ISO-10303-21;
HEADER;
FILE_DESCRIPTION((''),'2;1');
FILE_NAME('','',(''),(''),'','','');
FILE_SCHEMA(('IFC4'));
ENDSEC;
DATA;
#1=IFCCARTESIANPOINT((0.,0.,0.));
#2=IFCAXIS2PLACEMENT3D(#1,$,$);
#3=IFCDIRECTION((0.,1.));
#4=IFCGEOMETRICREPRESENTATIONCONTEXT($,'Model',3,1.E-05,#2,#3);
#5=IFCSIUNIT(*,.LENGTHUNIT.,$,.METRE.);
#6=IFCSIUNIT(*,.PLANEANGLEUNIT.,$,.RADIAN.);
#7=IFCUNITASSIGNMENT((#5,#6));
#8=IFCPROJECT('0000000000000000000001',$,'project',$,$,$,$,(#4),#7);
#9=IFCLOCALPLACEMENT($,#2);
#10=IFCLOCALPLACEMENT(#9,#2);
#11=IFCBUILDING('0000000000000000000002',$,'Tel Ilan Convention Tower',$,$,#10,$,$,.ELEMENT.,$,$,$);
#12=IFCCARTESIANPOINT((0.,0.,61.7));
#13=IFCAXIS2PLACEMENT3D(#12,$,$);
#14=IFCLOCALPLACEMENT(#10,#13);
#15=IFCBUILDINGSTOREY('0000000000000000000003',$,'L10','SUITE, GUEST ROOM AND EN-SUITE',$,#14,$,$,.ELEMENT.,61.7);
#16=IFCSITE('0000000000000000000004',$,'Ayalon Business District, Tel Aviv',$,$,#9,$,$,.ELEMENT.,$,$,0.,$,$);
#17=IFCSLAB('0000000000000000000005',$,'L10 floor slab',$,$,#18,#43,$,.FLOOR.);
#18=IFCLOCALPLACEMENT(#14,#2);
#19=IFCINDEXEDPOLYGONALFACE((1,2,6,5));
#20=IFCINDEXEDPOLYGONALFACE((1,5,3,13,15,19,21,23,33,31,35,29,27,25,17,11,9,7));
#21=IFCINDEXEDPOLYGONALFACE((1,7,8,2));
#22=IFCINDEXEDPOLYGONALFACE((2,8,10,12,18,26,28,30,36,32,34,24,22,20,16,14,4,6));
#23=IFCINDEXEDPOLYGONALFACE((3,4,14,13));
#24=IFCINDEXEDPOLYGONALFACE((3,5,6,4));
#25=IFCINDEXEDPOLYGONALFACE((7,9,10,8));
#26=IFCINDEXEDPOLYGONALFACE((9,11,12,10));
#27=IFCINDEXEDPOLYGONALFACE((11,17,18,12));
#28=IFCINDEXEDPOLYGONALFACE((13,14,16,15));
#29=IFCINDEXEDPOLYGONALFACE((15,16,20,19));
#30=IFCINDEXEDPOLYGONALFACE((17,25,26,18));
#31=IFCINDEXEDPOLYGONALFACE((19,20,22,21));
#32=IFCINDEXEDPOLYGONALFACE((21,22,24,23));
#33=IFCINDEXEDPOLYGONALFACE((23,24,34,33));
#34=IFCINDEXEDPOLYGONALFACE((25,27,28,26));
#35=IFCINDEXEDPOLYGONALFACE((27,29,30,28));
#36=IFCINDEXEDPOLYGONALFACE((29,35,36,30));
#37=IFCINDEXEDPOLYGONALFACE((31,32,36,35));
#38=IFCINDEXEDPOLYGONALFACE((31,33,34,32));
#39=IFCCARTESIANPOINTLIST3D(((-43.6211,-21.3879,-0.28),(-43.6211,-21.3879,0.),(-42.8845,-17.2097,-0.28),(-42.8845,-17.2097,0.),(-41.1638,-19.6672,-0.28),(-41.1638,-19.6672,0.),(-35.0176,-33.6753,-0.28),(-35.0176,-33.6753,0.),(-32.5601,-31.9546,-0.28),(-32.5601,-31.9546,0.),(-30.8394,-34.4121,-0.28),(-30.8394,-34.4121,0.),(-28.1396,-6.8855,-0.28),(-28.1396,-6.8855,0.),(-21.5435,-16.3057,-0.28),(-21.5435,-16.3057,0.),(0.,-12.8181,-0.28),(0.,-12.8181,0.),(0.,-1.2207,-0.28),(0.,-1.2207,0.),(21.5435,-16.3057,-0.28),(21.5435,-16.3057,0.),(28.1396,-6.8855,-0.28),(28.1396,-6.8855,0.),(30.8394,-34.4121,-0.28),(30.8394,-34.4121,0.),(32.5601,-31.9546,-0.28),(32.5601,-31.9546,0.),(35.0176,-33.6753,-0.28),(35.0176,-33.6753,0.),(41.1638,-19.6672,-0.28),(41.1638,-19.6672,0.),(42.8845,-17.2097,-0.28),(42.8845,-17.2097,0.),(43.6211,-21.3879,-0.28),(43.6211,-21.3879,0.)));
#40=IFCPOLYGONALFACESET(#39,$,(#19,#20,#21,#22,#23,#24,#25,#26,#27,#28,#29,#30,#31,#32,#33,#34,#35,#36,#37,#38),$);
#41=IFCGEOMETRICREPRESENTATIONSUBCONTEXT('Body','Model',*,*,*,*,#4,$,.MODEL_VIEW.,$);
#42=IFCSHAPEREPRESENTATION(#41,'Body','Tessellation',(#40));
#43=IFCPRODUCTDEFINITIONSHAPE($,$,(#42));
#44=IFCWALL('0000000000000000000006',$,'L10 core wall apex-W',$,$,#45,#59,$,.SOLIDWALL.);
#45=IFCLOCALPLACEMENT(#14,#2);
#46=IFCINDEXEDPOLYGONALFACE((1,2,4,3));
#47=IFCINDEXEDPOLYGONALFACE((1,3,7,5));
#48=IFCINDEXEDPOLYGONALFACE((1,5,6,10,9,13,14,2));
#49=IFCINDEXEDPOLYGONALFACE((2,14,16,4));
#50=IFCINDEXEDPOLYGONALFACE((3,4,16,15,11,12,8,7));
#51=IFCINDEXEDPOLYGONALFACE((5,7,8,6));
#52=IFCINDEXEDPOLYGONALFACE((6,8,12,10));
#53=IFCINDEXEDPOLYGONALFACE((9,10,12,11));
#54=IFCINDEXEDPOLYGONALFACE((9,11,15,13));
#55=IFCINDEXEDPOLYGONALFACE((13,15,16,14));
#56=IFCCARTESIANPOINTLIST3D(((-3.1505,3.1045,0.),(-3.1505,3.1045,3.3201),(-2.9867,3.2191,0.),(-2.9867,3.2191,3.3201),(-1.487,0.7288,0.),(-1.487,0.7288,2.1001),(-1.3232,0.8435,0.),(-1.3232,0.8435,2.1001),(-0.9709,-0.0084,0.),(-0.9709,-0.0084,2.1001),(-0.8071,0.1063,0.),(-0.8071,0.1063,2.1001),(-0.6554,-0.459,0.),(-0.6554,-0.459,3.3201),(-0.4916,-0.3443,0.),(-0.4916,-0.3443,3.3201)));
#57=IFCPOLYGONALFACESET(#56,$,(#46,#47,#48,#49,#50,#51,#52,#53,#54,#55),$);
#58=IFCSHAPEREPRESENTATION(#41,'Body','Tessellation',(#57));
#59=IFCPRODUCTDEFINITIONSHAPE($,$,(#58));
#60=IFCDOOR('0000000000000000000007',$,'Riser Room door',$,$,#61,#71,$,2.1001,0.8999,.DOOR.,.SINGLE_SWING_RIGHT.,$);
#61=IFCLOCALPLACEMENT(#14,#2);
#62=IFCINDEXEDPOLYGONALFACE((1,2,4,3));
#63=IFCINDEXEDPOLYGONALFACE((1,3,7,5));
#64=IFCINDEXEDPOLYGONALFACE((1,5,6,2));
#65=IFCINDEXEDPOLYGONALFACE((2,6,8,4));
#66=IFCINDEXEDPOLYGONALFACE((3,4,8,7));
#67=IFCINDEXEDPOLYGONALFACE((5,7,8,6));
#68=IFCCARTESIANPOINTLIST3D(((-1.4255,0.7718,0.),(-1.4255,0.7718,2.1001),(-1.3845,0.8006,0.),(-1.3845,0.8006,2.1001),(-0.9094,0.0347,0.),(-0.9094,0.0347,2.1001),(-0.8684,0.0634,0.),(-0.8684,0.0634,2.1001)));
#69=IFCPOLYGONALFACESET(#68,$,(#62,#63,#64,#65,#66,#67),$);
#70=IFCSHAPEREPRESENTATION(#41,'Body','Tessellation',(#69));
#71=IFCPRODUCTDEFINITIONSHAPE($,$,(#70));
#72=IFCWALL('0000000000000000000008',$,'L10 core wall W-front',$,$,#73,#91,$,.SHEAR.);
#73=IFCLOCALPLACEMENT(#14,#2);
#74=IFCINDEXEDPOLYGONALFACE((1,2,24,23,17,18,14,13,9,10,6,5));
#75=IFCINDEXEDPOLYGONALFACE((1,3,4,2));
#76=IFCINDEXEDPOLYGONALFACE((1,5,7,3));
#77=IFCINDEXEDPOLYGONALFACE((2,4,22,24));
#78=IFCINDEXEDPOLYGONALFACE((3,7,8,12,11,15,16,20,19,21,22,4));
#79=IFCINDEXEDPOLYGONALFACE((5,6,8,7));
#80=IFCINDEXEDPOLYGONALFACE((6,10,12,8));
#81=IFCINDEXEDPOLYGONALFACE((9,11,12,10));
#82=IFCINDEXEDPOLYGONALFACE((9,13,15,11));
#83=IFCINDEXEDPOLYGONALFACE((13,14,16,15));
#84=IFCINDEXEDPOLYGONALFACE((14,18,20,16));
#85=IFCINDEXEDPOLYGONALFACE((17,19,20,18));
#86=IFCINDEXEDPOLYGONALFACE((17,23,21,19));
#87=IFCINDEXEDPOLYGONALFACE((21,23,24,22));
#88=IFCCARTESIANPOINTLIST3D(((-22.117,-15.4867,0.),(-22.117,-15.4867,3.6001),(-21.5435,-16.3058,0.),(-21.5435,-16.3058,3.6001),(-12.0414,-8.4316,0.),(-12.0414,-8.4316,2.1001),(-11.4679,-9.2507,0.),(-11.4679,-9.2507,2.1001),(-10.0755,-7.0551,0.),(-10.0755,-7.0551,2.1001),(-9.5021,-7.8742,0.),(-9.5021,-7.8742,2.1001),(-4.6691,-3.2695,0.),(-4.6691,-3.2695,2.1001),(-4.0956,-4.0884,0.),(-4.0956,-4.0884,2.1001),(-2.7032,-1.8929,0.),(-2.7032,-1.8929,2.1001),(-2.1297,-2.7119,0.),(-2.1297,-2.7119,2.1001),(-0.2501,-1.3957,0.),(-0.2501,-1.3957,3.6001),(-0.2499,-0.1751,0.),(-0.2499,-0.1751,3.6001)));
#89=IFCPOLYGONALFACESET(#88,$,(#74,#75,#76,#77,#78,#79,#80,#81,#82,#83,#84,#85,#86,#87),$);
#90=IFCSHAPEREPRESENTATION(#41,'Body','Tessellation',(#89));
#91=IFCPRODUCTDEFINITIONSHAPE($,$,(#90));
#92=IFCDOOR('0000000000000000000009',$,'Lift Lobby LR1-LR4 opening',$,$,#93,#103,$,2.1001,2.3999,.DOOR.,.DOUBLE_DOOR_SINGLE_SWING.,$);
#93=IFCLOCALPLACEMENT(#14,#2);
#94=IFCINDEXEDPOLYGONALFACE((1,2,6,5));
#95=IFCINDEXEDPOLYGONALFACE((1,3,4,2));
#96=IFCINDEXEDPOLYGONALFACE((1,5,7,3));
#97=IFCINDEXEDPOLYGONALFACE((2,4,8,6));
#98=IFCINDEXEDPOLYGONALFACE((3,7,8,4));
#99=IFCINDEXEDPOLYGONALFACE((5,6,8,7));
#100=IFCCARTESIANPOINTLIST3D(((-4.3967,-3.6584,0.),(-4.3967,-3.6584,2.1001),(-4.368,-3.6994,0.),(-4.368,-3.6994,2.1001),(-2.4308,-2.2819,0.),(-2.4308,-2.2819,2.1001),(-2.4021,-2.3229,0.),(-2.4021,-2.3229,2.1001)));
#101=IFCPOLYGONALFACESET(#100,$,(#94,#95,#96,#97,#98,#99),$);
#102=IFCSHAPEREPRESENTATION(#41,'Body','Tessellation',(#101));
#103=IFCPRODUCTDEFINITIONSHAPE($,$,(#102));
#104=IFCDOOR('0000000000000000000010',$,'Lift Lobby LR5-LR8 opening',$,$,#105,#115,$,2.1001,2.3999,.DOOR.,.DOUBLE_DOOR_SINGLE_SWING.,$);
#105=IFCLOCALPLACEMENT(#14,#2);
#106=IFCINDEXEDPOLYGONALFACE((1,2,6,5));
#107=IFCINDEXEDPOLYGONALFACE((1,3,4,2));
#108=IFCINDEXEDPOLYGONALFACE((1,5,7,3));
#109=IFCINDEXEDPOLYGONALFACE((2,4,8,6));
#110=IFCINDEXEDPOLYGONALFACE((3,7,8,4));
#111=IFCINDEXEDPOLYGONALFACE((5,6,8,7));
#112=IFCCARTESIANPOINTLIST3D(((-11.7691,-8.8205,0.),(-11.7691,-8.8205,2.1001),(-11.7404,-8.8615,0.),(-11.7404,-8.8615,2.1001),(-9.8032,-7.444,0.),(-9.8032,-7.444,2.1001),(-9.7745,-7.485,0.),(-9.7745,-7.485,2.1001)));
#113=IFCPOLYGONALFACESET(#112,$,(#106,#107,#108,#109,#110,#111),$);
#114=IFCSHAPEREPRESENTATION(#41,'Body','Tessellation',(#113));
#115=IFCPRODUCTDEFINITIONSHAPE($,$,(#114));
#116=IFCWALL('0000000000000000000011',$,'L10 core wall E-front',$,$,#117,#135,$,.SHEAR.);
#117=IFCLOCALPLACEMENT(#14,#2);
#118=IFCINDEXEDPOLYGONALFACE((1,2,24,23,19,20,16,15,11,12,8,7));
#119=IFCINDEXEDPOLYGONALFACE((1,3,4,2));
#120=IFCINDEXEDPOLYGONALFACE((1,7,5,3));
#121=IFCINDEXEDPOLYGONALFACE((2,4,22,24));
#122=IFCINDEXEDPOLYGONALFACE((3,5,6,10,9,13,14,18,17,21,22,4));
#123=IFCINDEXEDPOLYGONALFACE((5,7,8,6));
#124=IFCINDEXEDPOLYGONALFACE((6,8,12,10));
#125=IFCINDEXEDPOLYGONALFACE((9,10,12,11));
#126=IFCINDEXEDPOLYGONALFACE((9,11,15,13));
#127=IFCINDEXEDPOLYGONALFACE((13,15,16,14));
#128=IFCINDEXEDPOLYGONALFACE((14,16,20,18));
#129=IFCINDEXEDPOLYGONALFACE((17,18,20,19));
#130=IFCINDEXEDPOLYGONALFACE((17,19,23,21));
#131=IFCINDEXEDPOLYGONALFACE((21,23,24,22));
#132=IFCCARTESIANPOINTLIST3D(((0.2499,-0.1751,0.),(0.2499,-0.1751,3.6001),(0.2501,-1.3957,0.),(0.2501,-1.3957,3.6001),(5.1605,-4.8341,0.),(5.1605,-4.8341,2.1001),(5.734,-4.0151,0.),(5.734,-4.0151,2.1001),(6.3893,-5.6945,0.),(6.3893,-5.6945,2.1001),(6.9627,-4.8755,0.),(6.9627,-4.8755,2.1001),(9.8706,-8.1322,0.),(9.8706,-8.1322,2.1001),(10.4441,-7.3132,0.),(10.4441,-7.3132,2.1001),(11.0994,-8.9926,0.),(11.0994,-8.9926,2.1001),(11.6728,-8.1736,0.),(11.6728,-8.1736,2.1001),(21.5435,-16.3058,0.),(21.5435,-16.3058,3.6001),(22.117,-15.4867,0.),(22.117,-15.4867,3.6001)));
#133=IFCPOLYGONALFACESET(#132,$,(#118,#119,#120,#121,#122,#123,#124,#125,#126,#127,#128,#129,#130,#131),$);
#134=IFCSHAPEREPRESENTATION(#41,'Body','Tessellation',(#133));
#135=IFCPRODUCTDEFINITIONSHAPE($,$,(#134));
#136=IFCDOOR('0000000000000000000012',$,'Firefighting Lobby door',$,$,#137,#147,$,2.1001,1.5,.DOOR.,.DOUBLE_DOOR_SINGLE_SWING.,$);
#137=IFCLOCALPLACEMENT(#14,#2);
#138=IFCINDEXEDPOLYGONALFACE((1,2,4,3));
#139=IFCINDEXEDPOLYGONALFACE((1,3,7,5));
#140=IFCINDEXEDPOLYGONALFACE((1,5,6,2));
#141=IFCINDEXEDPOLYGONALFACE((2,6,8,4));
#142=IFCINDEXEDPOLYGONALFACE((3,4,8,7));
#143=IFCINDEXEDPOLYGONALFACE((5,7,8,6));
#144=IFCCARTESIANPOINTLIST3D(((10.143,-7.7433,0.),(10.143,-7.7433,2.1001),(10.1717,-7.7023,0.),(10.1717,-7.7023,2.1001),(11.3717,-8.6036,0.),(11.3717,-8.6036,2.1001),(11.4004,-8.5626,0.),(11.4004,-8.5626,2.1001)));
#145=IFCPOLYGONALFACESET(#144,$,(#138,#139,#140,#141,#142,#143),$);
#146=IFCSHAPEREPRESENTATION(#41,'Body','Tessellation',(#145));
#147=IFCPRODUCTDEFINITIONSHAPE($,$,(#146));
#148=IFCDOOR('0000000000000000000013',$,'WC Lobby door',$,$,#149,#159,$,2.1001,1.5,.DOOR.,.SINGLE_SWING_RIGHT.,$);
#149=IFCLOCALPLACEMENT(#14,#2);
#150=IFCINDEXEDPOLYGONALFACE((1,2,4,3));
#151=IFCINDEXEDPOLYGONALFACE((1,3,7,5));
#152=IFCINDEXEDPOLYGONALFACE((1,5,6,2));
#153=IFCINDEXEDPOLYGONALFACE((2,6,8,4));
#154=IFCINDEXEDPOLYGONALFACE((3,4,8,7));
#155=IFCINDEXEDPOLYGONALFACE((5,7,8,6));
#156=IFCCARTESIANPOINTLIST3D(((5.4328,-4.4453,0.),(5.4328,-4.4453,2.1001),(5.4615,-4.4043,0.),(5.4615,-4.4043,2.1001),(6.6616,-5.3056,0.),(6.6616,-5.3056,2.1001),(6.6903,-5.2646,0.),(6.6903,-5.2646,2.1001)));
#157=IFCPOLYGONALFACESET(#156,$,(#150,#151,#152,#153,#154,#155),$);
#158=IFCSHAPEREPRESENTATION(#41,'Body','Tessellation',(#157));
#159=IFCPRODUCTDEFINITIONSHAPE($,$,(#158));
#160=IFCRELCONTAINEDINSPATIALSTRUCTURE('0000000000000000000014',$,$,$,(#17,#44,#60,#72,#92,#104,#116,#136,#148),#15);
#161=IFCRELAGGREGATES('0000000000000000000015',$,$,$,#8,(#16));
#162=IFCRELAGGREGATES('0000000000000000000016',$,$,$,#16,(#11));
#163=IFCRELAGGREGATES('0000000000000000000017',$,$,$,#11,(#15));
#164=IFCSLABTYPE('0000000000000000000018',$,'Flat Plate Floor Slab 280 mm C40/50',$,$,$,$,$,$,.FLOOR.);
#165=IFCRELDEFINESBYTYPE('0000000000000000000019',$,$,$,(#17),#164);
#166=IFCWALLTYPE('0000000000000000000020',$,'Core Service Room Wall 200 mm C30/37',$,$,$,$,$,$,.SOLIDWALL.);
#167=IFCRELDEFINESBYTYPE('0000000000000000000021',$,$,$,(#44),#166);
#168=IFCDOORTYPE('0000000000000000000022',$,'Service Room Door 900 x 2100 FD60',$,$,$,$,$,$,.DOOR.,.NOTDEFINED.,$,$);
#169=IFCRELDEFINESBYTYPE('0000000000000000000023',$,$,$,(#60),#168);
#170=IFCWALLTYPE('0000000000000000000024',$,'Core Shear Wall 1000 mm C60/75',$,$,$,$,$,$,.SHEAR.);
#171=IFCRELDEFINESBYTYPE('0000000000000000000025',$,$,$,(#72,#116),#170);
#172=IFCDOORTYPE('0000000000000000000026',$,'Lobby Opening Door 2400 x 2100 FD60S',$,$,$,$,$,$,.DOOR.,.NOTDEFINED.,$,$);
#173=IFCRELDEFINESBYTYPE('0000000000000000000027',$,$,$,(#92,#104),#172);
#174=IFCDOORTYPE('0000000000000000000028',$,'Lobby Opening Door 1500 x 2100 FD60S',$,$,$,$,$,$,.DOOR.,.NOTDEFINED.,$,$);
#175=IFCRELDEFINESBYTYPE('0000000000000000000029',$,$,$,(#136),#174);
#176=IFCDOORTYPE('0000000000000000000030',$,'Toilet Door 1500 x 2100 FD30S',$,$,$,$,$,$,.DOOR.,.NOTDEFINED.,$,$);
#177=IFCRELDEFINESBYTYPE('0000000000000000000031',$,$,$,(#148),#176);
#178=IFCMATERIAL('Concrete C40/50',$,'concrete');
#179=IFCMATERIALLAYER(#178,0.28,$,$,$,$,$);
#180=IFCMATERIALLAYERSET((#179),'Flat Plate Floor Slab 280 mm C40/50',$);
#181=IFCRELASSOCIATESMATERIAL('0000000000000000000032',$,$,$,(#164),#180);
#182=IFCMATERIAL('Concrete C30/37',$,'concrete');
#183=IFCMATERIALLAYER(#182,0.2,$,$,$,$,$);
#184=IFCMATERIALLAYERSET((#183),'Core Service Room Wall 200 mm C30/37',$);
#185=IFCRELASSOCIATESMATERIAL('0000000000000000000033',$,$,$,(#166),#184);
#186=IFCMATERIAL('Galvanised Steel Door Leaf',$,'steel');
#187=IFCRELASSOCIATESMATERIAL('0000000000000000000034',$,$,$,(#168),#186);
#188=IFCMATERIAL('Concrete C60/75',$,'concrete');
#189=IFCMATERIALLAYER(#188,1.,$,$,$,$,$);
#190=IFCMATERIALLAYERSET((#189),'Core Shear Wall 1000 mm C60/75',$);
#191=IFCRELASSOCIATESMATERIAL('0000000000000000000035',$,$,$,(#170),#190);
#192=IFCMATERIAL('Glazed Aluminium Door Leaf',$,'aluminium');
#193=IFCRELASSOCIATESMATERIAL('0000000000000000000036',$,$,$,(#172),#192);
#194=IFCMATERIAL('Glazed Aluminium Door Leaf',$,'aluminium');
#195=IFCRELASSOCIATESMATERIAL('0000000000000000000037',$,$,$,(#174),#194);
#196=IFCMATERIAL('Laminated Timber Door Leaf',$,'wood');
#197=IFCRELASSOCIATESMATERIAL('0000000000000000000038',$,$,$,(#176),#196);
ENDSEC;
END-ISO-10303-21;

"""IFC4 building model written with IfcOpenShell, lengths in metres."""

from ifc_helpers import new_model, si_unit, direction, frame, frame_2d, origin, place, context, subcontext, project, spatial, polyline, rectangle, outline, extrude, material, layer, layer_set, type_object, element, fill, save


model = new_model("IFC4")

# Units and contexts
model_context = context("Model", 3, precision=1e-05, world=origin(), true_north=direction((0.0, 1.0)))
body_context = subcontext(model_context, "Body", "Model", "MODEL_VIEW")
ifc_project = project(units=[si_unit("LENGTHUNIT", "METRE"), si_unit("PLANEANGLEUNIT", "RADIAN")], contexts=[model_context])

# Site, building, storey
site_placement = place(None, origin())
site = spatial("IfcSite", under=ifc_project, at=site_placement, Name="Ayalon Business District, Tel Aviv", CompositionType="ELEMENT", RefElevation=0.0)
building_placement = place(site_placement, origin())
building = spatial("IfcBuilding", under=site, at=building_placement, Name="Tel Ilan Convention Tower", CompositionType="ELEMENT")
storey_placement = place(building_placement, frame((0.0, 0.0, 61.7)))
storey = spatial("IfcBuildingStorey", under=building, at=storey_placement, Name="L10", Description="SUITE, GUEST ROOM AND EN-SUITE", CompositionType="ELEMENT", Elevation=61.7)

# Slab
ifc_material_1 = material(Name="Concrete C40/50", Category="concrete")
ifc_layer_1 = layer(ifc_material_1, 0.28)
ifc_layer_set_1 = layer_set([ifc_layer_1], Name="Flat Plate Floor Slab 280 mm C40/50")
slab_type = type_object("IfcSlabType", Name="Flat Plate Floor Slab 280 mm C40/50", PredefinedType="FLOOR", material=ifc_layer_set_1)
slab_placement = place(storey_placement, frame((0.0, 0.0, -0.28)))
element("IfcSlab", 1, at=slab_placement, inside=storey, type_object=slab_type, Name="L10 floor slab", PredefinedType="FLOOR", context=body_context, shape_type="SweptSolid", body=[
    extrude(outline(polyline([(-21.5435, -16.3057), (0.0, -1.2207), (21.5435, -16.3057), (28.1396, -6.8855), (42.8845, -17.2097), (41.1638, -19.6672), (43.6211, -21.3879), (35.0176, -33.6753), (32.5601, -31.9546), (30.8394, -34.4121), (0.0, -12.8181), (-30.8394, -34.4121), (-32.5601, -31.9546), (-35.0176, -33.6753), (-43.6211, -21.3879), (-41.1638, -19.6672), (-42.8845, -17.2097), (-28.1396, -6.8855), (-21.5435, -16.3057)])), origin(), (0.0, 0.0, 1.0), 0.28),
])

# Wall, opening, door
ifc_material_2 = material(Name="Concrete C30/37", Category="concrete")
ifc_layer_2 = layer(ifc_material_2, 0.2)
ifc_layer_set_2 = layer_set([ifc_layer_2], Name="Core Service Room Wall 200 mm C30/37")
wall_type_1 = type_object("IfcWallType", Name="Core Service Room Wall 200 mm C30/37", PredefinedType="SOLIDWALL", material=ifc_layer_set_2)
wall_1_placement = place(storey_placement, frame((-0.5735, -0.4016, 0.0), z_axis=(0.0, 0.0, 1.0), x_axis=(-0.573568, 0.819158, 0.0)))
wall_1 = element("IfcWall", 2, at=wall_1_placement, inside=storey, type_object=wall_type_1, Name="L10 core wall apex-W", PredefinedType="SOLIDWALL", context=body_context, shape_type="SweptSolid", body=[
    extrude(rectangle(XDim=4.3501, YDim=0.2, at=frame_2d((2.175, 0.0))), origin(), (0.0, 0.0, 1.0), 3.3201),
])
opening_1_placement = place(wall_1_placement, frame((0.55, 0.0, 0.0)))
opening_1 = element("IfcOpeningElement", 3, at=opening_1_placement, cuts=wall_1, PredefinedType="OPENING", context=body_context, shape_type="SweptSolid", body=[
    extrude(rectangle(XDim=0.8999, YDim=2.1001, at=frame_2d((0.45, 1.05))), frame((0.0, 0.1099, 0.0), z_axis=(0.0, -1.0, 0.0), x_axis=(1.0, 0.0, 0.0)), (0.0, 0.0, 1.0), 0.22),
])
ifc_material_3 = material(Name="Galvanised Steel Door Leaf", Category="steel")
door_type_1 = type_object("IfcDoorType", Name="Service Room Door 900 x 2100 FD60", OperationType="NOTDEFINED", PredefinedType="DOOR", material=ifc_material_3)
door_1_placement = place(opening_1_placement, origin())
door_1 = element("IfcDoor", 4, at=door_1_placement, inside=storey, type_object=door_type_1, Name="Riser Room door", OperationType="SINGLE_SWING_RIGHT", OverallHeight=2.1001, OverallWidth=0.8999, PredefinedType="DOOR", context=body_context, shape_type="SweptSolid", body=[
    extrude(rectangle(XDim=0.8999, YDim=2.1001, at=frame_2d((0.45, 1.05))), frame((0.0, 0.0249, 0.0), z_axis=(0.0, -1.0, 0.0), x_axis=(1.0, 0.0, 0.0)), (0.0, 0.0, 1.0), 0.05),
])
fill(opening_1, door_1)

# Walls, openings, doors
ifc_material_4 = material(Name="Concrete C60/75", Category="concrete")
ifc_layer_3 = layer(ifc_material_4, 1.0)
ifc_layer_set_3 = layer_set([ifc_layer_3], Name="Core Shear Wall 1000 mm C60/75")
wall_type_2 = type_object("IfcWallType", Name="Core Shear Wall 1000 mm C60/75", PredefinedType="SHEAR", material=ifc_layer_set_3)
wall_2_placement = place(storey_placement, frame((0.0369, -0.5847, 0.0), z_axis=(0.0, 0.0, 1.0), x_axis=(-0.819157, -0.573569, 0.0)))
wall_2 = element("IfcWall", 5, at=wall_2_placement, inside=storey, type_object=wall_type_2, Name="L10 core wall W-front", PredefinedType="SHEAR", context=body_context, shape_type="SweptSolid", body=[
    extrude(outline(polyline([(26.6948, 0.5002), (0.7002, 0.4998), (0.0, -0.5), (26.6948, -0.4998), (26.6948, 0.5002)])), origin(), (0.0, 0.0, 1.0), 3.6001),
])
opening_2_placement = place(wall_2_placement, frame((2.9949, 0.0, 0.0)))
opening_2 = element("IfcOpeningElement", 6, at=opening_2_placement, cuts=wall_2, PredefinedType="OPENING", context=body_context, shape_type="SweptSolid", body=[
    extrude(rectangle(XDim=2.3999, YDim=2.1001, at=frame_2d((1.2, 1.05))), frame((0.0, 0.51, 0.0), z_axis=(0.0, -1.0, 0.0), x_axis=(1.0, 0.0, 0.0)), (0.0, 0.0, 1.0), 1.02),
])
opening_3_placement = place(wall_2_placement, frame((11.9949, 0.0, 0.0)))
opening_3 = element("IfcOpeningElement", 7, at=opening_3_placement, cuts=wall_2, PredefinedType="OPENING", context=body_context, shape_type="SweptSolid", body=[
    extrude(rectangle(XDim=2.3999, YDim=2.1001, at=frame_2d((1.2, 1.05))), frame((0.0, 0.51, 0.0), z_axis=(0.0, -1.0, 0.0), x_axis=(1.0, 0.0, 0.0)), (0.0, 0.0, 1.0), 1.02),
])
ifc_material_5 = material(Name="Glazed Aluminium Door Leaf", Category="aluminium")
door_type_2 = type_object("IfcDoorType", Name="Lobby Opening Door 2400 x 2100 FD60S", OperationType="NOTDEFINED", PredefinedType="DOOR", material=ifc_material_5)
door_2_placement = place(opening_2_placement, origin())
door_2 = element("IfcDoor", 8, at=door_2_placement, inside=storey, type_object=door_type_2, Name="Lift Lobby LR1-LR4 opening", OperationType="DOUBLE_DOOR_SINGLE_SWING", OverallHeight=2.1001, OverallWidth=2.3999, PredefinedType="DOOR", context=body_context, shape_type="SweptSolid", body=[
    extrude(rectangle(XDim=2.3999, YDim=2.1001, at=frame_2d((1.2, 1.05))), frame((0.0, 0.0249, 0.0), z_axis=(0.0, -1.0, 0.0), x_axis=(1.0, 0.0, 0.0)), (0.0, 0.0, 1.0), 0.05),
])
fill(opening_2, door_2)
door_3_placement = place(opening_3_placement, origin())
door_3 = element("IfcDoor", 9, at=door_3_placement, inside=storey, type_object=door_type_2, Name="Lift Lobby LR5-LR8 opening", OperationType="DOUBLE_DOOR_SINGLE_SWING", OverallHeight=2.1001, OverallWidth=2.3999, PredefinedType="DOOR", context=body_context, shape_type="SweptSolid", body=[
    extrude(rectangle(XDim=2.3999, YDim=2.1001, at=frame_2d((1.2, 1.05))), frame((0.0, 0.0249, 0.0), z_axis=(0.0, -1.0, 0.0), x_axis=(1.0, 0.0, 0.0)), (0.0, 0.0, 1.0), 0.05),
])
fill(opening_3, door_3)
wall_3_placement = place(storey_placement, frame((-0.0369, -0.5847, 0.0), z_axis=(0.0, 0.0, 1.0), x_axis=(0.819157, -0.573569, 0.0)))
wall_3 = element("IfcWall", 10, at=wall_3_placement, inside=storey, type_object=wall_type_2, Name="L10 core wall E-front", PredefinedType="SHEAR", context=body_context, shape_type="SweptSolid", body=[
    extrude(outline(polyline([(26.6948, 0.4998), (0.0, 0.5), (0.7002, -0.4998), (26.6948, -0.5002), (26.6948, 0.4998)])), origin(), (0.0, 0.0, 1.0), 3.6001),
])
opening_4_placement = place(wall_3_placement, frame((6.6948, 0.0, 0.0)))
opening_4 = element("IfcOpeningElement", 11, at=opening_4_placement, cuts=wall_3, PredefinedType="OPENING", context=body_context, shape_type="SweptSolid", body=[
    extrude(rectangle(XDim=1.5, YDim=2.1001, at=frame_2d((0.75, 1.05))), frame((0.0, 0.51, 0.0), z_axis=(0.0, -1.0, 0.0), x_axis=(1.0, 0.0, 0.0)), (0.0, 0.0, 1.0), 1.02),
])
opening_5_placement = place(wall_3_placement, frame((12.4448, 0.0, 0.0)))
opening_5 = element("IfcOpeningElement", 12, at=opening_5_placement, cuts=wall_3, PredefinedType="OPENING", context=body_context, shape_type="SweptSolid", body=[
    extrude(rectangle(XDim=1.5, YDim=2.1001, at=frame_2d((0.75, 1.05))), frame((0.0, 0.51, 0.0), z_axis=(0.0, -1.0, 0.0), x_axis=(1.0, 0.0, 0.0)), (0.0, 0.0, 1.0), 1.02),
])
ifc_material_6 = material(Name="Glazed Aluminium Door Leaf", Category="aluminium")
door_type_3 = type_object("IfcDoorType", Name="Lobby Opening Door 1500 x 2100 FD60S", OperationType="NOTDEFINED", PredefinedType="DOOR", material=ifc_material_6)
door_4_placement = place(opening_5_placement, origin())
door_4 = element("IfcDoor", 13, at=door_4_placement, inside=storey, type_object=door_type_3, Name="Firefighting Lobby door", OperationType="DOUBLE_DOOR_SINGLE_SWING", OverallHeight=2.1001, OverallWidth=1.5, PredefinedType="DOOR", context=body_context, shape_type="SweptSolid", body=[
    extrude(rectangle(XDim=1.5, YDim=2.1001, at=frame_2d((0.75, 1.05))), frame((0.0, 0.0249, 0.0), z_axis=(0.0, -1.0, 0.0), x_axis=(1.0, 0.0, 0.0)), (0.0, 0.0, 1.0), 0.05),
])
fill(opening_5, door_4)
ifc_material_7 = material(Name="Laminated Timber Door Leaf", Category="wood")
door_type_4 = type_object("IfcDoorType", Name="Toilet Door 1500 x 2100 FD30S", OperationType="NOTDEFINED", PredefinedType="DOOR", material=ifc_material_7)
door_5_placement = place(opening_4_placement, origin())
door_5 = element("IfcDoor", 14, at=door_5_placement, inside=storey, type_object=door_type_4, Name="WC Lobby door", OperationType="SINGLE_SWING_RIGHT", OverallHeight=2.1001, OverallWidth=1.5, PredefinedType="DOOR", context=body_context, shape_type="SweptSolid", body=[
    extrude(rectangle(XDim=1.5, YDim=2.1001, at=frame_2d((0.75, 1.05))), frame((0.0, 0.0249, 0.0), z_axis=(0.0, -1.0, 0.0), x_axis=(1.0, 0.0, 0.0)), (0.0, 0.0, 1.0), 0.05),
])
fill(opening_4, door_5)

save(model, "model.ifc")
